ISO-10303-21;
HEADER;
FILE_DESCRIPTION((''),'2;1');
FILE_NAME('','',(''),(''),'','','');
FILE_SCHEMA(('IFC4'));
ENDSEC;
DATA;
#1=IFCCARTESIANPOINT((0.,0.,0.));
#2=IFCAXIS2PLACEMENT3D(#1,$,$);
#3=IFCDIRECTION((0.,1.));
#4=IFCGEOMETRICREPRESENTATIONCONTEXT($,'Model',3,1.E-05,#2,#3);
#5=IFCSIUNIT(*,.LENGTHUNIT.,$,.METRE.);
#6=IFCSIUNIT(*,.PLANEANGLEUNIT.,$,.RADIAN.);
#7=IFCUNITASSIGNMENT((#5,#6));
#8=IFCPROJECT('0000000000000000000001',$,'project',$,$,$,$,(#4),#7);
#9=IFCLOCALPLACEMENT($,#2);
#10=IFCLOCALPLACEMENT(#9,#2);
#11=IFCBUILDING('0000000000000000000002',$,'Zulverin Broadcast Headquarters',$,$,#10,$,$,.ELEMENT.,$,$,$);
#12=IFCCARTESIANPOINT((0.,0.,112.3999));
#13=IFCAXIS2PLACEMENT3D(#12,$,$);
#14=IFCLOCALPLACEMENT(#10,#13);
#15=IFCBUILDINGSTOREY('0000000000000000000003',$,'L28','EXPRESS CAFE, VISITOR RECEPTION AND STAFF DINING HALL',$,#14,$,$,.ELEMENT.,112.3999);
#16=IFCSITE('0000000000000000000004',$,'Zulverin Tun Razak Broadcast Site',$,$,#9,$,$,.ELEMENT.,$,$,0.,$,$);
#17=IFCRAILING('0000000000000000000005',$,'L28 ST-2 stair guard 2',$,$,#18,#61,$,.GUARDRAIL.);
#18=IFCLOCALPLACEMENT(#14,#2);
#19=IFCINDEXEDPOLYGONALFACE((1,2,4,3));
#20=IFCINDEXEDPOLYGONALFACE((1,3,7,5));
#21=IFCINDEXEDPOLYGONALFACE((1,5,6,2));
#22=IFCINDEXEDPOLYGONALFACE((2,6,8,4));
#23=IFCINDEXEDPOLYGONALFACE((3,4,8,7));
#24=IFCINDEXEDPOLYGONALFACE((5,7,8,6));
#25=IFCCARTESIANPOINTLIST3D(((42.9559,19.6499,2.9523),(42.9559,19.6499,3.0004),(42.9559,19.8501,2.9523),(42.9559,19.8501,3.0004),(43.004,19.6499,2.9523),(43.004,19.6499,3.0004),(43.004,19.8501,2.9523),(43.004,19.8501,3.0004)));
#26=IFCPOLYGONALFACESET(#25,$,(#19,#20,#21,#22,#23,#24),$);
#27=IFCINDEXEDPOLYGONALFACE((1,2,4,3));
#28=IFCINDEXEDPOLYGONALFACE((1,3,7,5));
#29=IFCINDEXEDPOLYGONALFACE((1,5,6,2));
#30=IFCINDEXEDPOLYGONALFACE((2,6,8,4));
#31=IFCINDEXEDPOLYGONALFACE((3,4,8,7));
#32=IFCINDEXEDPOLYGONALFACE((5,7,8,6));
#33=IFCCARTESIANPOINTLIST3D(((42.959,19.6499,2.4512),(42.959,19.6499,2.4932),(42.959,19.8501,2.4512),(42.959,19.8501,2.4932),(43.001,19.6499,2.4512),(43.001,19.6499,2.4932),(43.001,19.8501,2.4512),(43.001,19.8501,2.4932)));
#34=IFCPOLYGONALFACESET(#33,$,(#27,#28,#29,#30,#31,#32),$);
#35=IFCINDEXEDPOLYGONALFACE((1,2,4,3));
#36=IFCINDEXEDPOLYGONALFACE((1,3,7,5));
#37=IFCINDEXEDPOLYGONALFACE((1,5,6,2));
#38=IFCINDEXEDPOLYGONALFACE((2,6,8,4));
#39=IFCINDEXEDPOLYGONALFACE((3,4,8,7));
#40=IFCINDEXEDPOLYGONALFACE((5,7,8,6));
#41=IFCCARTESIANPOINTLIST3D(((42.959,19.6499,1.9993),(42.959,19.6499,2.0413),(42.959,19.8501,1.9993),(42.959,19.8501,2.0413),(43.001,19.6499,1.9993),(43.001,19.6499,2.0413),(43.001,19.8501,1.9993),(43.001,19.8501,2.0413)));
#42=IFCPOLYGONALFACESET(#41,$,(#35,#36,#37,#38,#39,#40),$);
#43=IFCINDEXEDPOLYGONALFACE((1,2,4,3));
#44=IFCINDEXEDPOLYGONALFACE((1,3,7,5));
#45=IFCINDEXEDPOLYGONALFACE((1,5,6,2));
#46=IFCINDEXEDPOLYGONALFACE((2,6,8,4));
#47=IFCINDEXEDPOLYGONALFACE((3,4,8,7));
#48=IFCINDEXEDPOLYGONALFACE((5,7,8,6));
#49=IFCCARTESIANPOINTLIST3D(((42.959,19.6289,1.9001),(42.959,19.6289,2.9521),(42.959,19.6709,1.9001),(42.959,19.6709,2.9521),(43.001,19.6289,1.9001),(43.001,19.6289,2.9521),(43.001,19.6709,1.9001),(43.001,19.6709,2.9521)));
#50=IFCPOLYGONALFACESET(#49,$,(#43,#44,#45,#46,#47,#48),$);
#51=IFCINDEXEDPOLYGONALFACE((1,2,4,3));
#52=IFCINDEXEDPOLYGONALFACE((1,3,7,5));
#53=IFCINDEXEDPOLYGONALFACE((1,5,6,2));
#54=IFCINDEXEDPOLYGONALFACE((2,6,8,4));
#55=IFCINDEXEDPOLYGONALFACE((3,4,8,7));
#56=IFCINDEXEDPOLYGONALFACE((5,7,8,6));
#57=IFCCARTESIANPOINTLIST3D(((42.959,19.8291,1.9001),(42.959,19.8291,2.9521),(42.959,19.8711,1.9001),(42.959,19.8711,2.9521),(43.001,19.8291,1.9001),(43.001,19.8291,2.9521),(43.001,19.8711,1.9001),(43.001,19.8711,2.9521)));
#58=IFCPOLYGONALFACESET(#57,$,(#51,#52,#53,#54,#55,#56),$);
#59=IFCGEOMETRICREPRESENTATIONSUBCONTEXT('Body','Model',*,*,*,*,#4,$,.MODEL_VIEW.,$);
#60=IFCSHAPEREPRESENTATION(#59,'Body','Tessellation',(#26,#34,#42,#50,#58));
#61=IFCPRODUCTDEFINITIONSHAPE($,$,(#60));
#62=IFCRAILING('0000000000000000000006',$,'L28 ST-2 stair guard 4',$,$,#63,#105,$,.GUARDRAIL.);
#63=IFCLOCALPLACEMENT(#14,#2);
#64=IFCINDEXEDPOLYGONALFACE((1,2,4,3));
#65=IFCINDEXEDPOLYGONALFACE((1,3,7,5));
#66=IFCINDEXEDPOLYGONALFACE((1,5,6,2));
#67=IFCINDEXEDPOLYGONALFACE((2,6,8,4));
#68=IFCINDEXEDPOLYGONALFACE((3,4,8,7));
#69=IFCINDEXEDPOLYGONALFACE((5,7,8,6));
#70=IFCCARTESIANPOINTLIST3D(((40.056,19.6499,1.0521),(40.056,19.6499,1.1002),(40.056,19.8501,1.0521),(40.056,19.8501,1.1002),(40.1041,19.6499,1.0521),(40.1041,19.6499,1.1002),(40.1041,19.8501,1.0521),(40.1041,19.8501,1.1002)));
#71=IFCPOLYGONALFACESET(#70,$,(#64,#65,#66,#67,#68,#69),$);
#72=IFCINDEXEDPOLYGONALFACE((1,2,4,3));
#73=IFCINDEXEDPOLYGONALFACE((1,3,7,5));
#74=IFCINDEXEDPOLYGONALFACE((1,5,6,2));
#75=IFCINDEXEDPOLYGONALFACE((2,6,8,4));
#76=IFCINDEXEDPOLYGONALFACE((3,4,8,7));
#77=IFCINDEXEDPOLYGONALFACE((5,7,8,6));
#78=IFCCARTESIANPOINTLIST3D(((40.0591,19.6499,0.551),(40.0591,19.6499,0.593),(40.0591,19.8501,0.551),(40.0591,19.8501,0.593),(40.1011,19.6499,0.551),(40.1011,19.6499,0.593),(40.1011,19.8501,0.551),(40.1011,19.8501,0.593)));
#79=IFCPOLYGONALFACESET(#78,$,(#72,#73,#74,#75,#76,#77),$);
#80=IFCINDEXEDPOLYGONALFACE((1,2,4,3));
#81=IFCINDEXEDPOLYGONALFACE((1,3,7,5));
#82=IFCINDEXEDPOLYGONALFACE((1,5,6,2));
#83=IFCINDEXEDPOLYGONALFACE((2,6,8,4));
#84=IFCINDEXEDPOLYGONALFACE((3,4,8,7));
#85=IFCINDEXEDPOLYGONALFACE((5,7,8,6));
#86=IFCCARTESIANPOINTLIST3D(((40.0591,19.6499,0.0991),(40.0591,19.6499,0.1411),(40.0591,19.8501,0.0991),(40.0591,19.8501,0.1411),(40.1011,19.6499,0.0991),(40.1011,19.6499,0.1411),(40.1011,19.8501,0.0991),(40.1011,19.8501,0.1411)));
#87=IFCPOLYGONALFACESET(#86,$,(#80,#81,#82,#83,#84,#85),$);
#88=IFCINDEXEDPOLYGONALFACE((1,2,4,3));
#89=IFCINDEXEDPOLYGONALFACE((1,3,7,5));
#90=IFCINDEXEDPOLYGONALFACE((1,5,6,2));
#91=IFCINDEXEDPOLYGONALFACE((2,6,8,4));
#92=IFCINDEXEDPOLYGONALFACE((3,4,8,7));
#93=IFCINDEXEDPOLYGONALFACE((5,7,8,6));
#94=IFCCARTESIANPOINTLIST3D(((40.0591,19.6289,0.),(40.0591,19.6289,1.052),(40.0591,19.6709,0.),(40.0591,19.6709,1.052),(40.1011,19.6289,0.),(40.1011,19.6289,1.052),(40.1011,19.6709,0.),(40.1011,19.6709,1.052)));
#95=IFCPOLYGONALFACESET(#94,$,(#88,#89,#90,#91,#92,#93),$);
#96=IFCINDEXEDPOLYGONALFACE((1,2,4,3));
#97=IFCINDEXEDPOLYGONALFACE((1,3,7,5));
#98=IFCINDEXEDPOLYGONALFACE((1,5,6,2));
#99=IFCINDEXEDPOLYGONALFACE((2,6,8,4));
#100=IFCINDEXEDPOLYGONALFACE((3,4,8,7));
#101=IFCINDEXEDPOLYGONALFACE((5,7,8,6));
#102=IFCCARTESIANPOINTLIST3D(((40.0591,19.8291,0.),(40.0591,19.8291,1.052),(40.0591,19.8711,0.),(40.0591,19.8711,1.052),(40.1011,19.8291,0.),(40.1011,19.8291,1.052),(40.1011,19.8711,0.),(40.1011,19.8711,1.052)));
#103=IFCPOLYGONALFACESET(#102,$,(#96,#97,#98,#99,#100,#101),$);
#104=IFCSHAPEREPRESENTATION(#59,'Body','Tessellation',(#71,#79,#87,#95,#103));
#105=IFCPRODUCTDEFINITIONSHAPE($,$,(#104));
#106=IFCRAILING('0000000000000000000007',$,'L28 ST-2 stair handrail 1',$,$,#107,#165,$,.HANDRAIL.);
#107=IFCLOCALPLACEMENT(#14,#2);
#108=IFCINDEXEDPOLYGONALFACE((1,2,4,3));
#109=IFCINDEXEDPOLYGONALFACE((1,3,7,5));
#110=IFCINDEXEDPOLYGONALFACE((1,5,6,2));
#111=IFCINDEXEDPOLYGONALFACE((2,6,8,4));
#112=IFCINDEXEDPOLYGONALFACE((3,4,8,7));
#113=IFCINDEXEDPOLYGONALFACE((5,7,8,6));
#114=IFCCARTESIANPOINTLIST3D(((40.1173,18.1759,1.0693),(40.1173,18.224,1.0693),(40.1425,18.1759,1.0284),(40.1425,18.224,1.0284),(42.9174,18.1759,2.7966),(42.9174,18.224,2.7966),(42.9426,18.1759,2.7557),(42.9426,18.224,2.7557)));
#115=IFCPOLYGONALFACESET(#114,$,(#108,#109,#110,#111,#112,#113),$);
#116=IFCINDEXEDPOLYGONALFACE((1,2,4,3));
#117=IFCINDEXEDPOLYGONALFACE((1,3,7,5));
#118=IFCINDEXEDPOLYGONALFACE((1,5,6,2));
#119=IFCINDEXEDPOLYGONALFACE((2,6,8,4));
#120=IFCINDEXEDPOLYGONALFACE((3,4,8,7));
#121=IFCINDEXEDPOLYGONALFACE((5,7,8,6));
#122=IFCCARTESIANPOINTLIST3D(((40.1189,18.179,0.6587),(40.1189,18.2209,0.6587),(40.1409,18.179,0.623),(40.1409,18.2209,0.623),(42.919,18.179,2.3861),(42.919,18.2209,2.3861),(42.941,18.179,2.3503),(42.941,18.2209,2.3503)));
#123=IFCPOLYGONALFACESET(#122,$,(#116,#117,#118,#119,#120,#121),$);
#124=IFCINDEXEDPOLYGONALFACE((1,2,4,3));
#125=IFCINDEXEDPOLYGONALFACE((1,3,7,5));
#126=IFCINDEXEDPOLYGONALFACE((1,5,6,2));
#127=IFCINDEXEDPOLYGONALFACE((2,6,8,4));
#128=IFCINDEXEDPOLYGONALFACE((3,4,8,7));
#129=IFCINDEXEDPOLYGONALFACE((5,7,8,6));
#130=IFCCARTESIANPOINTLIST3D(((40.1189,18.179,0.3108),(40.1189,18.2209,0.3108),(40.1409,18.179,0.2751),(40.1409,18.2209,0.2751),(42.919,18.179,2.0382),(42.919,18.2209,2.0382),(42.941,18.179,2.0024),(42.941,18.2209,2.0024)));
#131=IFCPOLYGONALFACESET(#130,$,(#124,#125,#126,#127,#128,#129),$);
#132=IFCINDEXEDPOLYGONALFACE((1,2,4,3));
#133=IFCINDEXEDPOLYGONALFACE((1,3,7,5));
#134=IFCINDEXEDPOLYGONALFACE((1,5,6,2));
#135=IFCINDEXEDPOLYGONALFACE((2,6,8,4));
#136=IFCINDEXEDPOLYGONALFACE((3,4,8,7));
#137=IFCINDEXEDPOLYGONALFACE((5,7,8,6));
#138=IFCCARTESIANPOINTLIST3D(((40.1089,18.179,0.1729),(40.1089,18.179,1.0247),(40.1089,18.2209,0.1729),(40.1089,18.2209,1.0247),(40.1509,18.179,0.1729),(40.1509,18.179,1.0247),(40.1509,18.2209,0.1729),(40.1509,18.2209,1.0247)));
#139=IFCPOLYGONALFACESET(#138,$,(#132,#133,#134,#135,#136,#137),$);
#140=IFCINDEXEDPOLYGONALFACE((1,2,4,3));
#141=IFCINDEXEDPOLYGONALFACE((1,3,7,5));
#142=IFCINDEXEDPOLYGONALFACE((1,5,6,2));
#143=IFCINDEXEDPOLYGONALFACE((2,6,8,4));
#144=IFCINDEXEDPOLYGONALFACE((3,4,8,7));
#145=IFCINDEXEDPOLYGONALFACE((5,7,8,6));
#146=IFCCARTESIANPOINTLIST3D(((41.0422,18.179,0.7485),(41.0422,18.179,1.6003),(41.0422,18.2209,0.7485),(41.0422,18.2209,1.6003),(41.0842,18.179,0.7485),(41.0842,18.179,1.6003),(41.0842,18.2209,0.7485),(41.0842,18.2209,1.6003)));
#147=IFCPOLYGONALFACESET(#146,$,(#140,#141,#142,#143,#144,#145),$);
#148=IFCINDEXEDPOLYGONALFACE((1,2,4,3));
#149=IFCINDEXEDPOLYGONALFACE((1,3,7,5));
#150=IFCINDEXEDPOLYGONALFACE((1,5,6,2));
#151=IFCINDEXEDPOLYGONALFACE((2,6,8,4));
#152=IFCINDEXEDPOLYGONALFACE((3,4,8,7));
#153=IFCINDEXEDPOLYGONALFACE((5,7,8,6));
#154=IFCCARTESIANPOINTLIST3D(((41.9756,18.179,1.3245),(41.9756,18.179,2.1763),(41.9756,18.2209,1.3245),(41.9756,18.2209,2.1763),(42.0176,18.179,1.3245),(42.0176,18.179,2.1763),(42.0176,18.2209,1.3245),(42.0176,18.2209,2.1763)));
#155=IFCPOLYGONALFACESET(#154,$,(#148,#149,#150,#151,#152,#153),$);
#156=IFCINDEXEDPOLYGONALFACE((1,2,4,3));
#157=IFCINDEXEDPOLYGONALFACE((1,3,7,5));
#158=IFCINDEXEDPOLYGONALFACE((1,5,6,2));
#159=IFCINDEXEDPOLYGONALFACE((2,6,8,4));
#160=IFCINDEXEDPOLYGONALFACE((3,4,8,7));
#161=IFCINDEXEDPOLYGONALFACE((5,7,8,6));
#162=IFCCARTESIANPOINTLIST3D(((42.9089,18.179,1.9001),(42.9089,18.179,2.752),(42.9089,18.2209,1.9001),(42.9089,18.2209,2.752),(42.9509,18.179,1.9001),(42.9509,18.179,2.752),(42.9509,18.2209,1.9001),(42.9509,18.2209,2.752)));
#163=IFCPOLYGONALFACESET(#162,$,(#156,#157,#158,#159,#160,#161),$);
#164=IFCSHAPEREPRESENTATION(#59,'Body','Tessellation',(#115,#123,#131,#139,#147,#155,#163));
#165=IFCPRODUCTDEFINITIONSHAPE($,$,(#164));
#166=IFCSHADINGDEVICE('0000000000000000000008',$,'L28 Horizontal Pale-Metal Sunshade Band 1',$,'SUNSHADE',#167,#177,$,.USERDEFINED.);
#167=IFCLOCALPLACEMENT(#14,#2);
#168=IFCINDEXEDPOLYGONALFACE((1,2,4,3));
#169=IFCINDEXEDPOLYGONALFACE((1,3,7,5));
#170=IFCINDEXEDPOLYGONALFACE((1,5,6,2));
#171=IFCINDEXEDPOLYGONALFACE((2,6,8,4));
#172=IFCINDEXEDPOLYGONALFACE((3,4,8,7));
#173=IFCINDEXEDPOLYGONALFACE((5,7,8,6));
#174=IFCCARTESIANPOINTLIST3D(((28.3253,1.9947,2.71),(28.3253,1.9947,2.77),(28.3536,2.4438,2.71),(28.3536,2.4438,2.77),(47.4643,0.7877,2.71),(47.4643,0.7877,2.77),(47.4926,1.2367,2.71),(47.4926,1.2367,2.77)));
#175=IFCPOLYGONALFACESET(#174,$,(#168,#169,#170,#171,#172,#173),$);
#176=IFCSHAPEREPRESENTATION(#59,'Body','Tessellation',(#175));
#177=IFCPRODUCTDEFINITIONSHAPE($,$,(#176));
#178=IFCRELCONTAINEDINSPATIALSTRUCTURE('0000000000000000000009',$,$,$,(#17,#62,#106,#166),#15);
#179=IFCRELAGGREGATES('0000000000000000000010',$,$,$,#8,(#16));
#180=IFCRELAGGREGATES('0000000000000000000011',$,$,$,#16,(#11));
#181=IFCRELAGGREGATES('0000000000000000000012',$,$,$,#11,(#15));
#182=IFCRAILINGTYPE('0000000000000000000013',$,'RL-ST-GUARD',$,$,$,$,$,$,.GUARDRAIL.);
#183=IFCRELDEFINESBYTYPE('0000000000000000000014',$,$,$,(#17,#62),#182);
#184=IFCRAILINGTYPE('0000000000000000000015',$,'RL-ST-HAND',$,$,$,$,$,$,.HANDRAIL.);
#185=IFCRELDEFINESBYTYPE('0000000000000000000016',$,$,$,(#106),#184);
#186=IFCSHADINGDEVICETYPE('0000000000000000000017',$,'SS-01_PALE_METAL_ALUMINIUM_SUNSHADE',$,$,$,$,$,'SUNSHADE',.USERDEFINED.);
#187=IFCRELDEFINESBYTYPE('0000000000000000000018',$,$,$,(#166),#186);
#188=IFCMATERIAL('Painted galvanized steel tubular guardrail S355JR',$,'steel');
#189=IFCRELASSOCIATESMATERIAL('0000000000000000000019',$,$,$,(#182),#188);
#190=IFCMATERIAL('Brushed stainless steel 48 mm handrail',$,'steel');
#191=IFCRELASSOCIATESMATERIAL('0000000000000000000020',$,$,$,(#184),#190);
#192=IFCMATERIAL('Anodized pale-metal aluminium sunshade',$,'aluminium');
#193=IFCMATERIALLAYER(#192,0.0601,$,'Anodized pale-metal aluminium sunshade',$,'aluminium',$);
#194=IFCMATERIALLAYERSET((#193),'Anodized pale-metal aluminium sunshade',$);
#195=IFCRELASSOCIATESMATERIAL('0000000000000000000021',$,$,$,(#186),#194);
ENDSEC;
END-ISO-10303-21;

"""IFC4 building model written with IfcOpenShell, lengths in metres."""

from ifc_helpers import new_model, si_unit, direction, frame, origin, origin_2d, place, context, subcontext, project, spatial, rectangle, extrude, material, layer, layer_set, type_object, element, save


model = new_model("IFC4")

# Units and contexts
model_context = context("Model", 3, precision=1e-05, world=origin(), true_north=direction((0.0, 1.0)))
body_context = subcontext(model_context, "Body", "Model", "MODEL_VIEW")
ifc_project = project(units=[si_unit("LENGTHUNIT", "METRE"), si_unit("PLANEANGLEUNIT", "RADIAN")], contexts=[model_context])

# Site, building, storey
site_placement = place(None, origin())
site = spatial("IfcSite", under=ifc_project, at=site_placement, Name="Zulverin Tun Razak Broadcast Site", CompositionType="ELEMENT", RefElevation=0.0)
building_placement = place(site_placement, origin())
building = spatial("IfcBuilding", under=site, at=building_placement, Name="Zulverin Broadcast Headquarters", CompositionType="ELEMENT")
storey_placement = place(building_placement, frame((0.0, 0.0, 112.3999)))
storey = spatial("IfcBuildingStorey", under=building, at=storey_placement, Name="L28", Description="EXPRESS CAFE, VISITOR RECEPTION AND STAFF DINING HALL", CompositionType="ELEMENT", Elevation=112.3999)

# Railings
ifc_material_1 = material(Name="Painted galvanized steel tubular guardrail S355JR", Category="steel")
railing_type_1 = type_object("IfcRailingType", Name="RL-ST-GUARD", PredefinedType="GUARDRAIL", material=ifc_material_1)
for number, where, name in (
    (1, (42.98, 19.6499, 1.9001), "L28 ST-2 stair guard 2"),
    (2, (40.0801, 19.6499, 0.0), "L28 ST-2 stair guard 4"),
):
    element("IfcRailing", number, at=place(storey_placement, frame(where)), inside=storey, type_object=railing_type_1, Name=name, PredefinedType="GUARDRAIL", context=body_context, shape_type="SweptSolid", body=[
        extrude(rectangle(XDim=0.0481, YDim=0.0481, at=origin_2d()), frame((0.0, 0.0, 1.0762), z_axis=(0.0, 1.0, 0.0), x_axis=(-1.0, 0.0, 0.0)), (0.0, 0.0, 1.0), 0.2002),
        extrude(rectangle(XDim=0.042, YDim=0.042, at=origin_2d()), frame((0.0, 0.0, 0.572), z_axis=(0.0, 1.0, 0.0), x_axis=(-1.0, 0.0, 0.0)), (0.0, 0.0, 1.0), 0.2002),
        extrude(rectangle(XDim=0.042, YDim=0.042, at=origin_2d()), frame((0.0, 0.0, 0.1201), z_axis=(0.0, 1.0, 0.0), x_axis=(-1.0, 0.0, 0.0)), (0.0, 0.0, 1.0), 0.2002),
        extrude(rectangle(XDim=0.042, YDim=0.042, at=origin_2d()), origin(), (0.0, 0.0, 1.0), 1.052),
        extrude(rectangle(XDim=0.042, YDim=0.042, at=origin_2d()), frame((0.0, 0.2002, 0.0)), (0.0, 0.0, 1.0), 1.052),
    ])
ifc_material_2 = material(Name="Brushed stainless steel 48 mm handrail", Category="steel")
railing_type_2 = type_object("IfcRailingType", Name="RL-ST-HAND", PredefinedType="HANDRAIL", material=ifc_material_2)
railing_1_placement = place(storey_placement, frame((40.1299, 18.2, 0.1729)))
element("IfcRailing", 3, at=railing_1_placement, inside=storey, type_object=railing_type_2, Name="L28 ST-2 stair handrail 1", PredefinedType="HANDRAIL", context=body_context, shape_type="SweptSolid", body=[
    extrude(rectangle(XDim=0.0481, YDim=0.0481, at=origin_2d()), frame((0.0, 0.0, 0.876), z_axis=(0.85109, 0.0, 0.52502), x_axis=(0.0, 1.0, 0.0)), (0.0, 0.0, 1.0), 3.29),
    extrude(rectangle(XDim=0.042, YDim=0.042, at=origin_2d()), frame((0.0, 0.0, 0.468), z_axis=(0.85109, 0.0, 0.52502), x_axis=(0.0, 1.0, 0.0)), (0.0, 0.0, 1.0), 3.29),
    extrude(rectangle(XDim=0.042, YDim=0.042, at=origin_2d()), frame((0.0, 0.0, 0.1201), z_axis=(0.85109, 0.0, 0.52502), x_axis=(0.0, 1.0, 0.0)), (0.0, 0.0, 1.0), 3.29),
    extrude(rectangle(XDim=0.042, YDim=0.042, at=origin_2d()), origin(), (0.0, 0.0, 1.0), 0.8518),
    extrude(rectangle(XDim=0.042, YDim=0.042, at=origin_2d()), frame((0.9333, 0.0, 0.5757)), (0.0, 0.0, 1.0), 0.8518),
    extrude(rectangle(XDim=0.042, YDim=0.042, at=origin_2d()), frame((1.8667, 0.0, 1.1516)), (0.0, 0.0, 1.0), 0.8518),
    extrude(rectangle(XDim=0.042, YDim=0.042, at=origin_2d()), frame((2.8, 0.0, 1.7273)), (0.0, 0.0, 1.0), 0.8518),
])

# Shading device
ifc_material_3 = material(Name="Anodized pale-metal aluminium sunshade", Category="aluminium")
ifc_layer_1 = layer(ifc_material_3, 0.0601, Name="Anodized pale-metal aluminium sunshade", Category="aluminium")
ifc_layer_set_1 = layer_set([ifc_layer_1], Name="Anodized pale-metal aluminium sunshade")
shading_device_type = type_object("IfcShadingDeviceType", Name="SS-01_PALE_METAL_ALUMINIUM_SUNSHADE", ElementType="SUNSHADE", PredefinedType="USERDEFINED", material=ifc_layer_set_1)
shading_device_placement = place(storey_placement, frame((37.9089, 1.6157, 2.71), z_axis=(0.0, 0.0, 1.0), x_axis=(0.998017, -0.062942, 0.0)))
element("IfcShadingDevice", 4, at=shading_device_placement, inside=storey, type_object=shading_device_type, Name="L28 Horizontal Pale-Metal Sunshade Band 1", ObjectType="SUNSHADE", PredefinedType="USERDEFINED", context=body_context, shape_type="SweptSolid", body=[
    extrude(rectangle(XDim=19.177, YDim=0.45, at=origin_2d()), origin(), (0.0, 0.0, 1.0), 0.0601),
])

save(model, "model.ifc")
